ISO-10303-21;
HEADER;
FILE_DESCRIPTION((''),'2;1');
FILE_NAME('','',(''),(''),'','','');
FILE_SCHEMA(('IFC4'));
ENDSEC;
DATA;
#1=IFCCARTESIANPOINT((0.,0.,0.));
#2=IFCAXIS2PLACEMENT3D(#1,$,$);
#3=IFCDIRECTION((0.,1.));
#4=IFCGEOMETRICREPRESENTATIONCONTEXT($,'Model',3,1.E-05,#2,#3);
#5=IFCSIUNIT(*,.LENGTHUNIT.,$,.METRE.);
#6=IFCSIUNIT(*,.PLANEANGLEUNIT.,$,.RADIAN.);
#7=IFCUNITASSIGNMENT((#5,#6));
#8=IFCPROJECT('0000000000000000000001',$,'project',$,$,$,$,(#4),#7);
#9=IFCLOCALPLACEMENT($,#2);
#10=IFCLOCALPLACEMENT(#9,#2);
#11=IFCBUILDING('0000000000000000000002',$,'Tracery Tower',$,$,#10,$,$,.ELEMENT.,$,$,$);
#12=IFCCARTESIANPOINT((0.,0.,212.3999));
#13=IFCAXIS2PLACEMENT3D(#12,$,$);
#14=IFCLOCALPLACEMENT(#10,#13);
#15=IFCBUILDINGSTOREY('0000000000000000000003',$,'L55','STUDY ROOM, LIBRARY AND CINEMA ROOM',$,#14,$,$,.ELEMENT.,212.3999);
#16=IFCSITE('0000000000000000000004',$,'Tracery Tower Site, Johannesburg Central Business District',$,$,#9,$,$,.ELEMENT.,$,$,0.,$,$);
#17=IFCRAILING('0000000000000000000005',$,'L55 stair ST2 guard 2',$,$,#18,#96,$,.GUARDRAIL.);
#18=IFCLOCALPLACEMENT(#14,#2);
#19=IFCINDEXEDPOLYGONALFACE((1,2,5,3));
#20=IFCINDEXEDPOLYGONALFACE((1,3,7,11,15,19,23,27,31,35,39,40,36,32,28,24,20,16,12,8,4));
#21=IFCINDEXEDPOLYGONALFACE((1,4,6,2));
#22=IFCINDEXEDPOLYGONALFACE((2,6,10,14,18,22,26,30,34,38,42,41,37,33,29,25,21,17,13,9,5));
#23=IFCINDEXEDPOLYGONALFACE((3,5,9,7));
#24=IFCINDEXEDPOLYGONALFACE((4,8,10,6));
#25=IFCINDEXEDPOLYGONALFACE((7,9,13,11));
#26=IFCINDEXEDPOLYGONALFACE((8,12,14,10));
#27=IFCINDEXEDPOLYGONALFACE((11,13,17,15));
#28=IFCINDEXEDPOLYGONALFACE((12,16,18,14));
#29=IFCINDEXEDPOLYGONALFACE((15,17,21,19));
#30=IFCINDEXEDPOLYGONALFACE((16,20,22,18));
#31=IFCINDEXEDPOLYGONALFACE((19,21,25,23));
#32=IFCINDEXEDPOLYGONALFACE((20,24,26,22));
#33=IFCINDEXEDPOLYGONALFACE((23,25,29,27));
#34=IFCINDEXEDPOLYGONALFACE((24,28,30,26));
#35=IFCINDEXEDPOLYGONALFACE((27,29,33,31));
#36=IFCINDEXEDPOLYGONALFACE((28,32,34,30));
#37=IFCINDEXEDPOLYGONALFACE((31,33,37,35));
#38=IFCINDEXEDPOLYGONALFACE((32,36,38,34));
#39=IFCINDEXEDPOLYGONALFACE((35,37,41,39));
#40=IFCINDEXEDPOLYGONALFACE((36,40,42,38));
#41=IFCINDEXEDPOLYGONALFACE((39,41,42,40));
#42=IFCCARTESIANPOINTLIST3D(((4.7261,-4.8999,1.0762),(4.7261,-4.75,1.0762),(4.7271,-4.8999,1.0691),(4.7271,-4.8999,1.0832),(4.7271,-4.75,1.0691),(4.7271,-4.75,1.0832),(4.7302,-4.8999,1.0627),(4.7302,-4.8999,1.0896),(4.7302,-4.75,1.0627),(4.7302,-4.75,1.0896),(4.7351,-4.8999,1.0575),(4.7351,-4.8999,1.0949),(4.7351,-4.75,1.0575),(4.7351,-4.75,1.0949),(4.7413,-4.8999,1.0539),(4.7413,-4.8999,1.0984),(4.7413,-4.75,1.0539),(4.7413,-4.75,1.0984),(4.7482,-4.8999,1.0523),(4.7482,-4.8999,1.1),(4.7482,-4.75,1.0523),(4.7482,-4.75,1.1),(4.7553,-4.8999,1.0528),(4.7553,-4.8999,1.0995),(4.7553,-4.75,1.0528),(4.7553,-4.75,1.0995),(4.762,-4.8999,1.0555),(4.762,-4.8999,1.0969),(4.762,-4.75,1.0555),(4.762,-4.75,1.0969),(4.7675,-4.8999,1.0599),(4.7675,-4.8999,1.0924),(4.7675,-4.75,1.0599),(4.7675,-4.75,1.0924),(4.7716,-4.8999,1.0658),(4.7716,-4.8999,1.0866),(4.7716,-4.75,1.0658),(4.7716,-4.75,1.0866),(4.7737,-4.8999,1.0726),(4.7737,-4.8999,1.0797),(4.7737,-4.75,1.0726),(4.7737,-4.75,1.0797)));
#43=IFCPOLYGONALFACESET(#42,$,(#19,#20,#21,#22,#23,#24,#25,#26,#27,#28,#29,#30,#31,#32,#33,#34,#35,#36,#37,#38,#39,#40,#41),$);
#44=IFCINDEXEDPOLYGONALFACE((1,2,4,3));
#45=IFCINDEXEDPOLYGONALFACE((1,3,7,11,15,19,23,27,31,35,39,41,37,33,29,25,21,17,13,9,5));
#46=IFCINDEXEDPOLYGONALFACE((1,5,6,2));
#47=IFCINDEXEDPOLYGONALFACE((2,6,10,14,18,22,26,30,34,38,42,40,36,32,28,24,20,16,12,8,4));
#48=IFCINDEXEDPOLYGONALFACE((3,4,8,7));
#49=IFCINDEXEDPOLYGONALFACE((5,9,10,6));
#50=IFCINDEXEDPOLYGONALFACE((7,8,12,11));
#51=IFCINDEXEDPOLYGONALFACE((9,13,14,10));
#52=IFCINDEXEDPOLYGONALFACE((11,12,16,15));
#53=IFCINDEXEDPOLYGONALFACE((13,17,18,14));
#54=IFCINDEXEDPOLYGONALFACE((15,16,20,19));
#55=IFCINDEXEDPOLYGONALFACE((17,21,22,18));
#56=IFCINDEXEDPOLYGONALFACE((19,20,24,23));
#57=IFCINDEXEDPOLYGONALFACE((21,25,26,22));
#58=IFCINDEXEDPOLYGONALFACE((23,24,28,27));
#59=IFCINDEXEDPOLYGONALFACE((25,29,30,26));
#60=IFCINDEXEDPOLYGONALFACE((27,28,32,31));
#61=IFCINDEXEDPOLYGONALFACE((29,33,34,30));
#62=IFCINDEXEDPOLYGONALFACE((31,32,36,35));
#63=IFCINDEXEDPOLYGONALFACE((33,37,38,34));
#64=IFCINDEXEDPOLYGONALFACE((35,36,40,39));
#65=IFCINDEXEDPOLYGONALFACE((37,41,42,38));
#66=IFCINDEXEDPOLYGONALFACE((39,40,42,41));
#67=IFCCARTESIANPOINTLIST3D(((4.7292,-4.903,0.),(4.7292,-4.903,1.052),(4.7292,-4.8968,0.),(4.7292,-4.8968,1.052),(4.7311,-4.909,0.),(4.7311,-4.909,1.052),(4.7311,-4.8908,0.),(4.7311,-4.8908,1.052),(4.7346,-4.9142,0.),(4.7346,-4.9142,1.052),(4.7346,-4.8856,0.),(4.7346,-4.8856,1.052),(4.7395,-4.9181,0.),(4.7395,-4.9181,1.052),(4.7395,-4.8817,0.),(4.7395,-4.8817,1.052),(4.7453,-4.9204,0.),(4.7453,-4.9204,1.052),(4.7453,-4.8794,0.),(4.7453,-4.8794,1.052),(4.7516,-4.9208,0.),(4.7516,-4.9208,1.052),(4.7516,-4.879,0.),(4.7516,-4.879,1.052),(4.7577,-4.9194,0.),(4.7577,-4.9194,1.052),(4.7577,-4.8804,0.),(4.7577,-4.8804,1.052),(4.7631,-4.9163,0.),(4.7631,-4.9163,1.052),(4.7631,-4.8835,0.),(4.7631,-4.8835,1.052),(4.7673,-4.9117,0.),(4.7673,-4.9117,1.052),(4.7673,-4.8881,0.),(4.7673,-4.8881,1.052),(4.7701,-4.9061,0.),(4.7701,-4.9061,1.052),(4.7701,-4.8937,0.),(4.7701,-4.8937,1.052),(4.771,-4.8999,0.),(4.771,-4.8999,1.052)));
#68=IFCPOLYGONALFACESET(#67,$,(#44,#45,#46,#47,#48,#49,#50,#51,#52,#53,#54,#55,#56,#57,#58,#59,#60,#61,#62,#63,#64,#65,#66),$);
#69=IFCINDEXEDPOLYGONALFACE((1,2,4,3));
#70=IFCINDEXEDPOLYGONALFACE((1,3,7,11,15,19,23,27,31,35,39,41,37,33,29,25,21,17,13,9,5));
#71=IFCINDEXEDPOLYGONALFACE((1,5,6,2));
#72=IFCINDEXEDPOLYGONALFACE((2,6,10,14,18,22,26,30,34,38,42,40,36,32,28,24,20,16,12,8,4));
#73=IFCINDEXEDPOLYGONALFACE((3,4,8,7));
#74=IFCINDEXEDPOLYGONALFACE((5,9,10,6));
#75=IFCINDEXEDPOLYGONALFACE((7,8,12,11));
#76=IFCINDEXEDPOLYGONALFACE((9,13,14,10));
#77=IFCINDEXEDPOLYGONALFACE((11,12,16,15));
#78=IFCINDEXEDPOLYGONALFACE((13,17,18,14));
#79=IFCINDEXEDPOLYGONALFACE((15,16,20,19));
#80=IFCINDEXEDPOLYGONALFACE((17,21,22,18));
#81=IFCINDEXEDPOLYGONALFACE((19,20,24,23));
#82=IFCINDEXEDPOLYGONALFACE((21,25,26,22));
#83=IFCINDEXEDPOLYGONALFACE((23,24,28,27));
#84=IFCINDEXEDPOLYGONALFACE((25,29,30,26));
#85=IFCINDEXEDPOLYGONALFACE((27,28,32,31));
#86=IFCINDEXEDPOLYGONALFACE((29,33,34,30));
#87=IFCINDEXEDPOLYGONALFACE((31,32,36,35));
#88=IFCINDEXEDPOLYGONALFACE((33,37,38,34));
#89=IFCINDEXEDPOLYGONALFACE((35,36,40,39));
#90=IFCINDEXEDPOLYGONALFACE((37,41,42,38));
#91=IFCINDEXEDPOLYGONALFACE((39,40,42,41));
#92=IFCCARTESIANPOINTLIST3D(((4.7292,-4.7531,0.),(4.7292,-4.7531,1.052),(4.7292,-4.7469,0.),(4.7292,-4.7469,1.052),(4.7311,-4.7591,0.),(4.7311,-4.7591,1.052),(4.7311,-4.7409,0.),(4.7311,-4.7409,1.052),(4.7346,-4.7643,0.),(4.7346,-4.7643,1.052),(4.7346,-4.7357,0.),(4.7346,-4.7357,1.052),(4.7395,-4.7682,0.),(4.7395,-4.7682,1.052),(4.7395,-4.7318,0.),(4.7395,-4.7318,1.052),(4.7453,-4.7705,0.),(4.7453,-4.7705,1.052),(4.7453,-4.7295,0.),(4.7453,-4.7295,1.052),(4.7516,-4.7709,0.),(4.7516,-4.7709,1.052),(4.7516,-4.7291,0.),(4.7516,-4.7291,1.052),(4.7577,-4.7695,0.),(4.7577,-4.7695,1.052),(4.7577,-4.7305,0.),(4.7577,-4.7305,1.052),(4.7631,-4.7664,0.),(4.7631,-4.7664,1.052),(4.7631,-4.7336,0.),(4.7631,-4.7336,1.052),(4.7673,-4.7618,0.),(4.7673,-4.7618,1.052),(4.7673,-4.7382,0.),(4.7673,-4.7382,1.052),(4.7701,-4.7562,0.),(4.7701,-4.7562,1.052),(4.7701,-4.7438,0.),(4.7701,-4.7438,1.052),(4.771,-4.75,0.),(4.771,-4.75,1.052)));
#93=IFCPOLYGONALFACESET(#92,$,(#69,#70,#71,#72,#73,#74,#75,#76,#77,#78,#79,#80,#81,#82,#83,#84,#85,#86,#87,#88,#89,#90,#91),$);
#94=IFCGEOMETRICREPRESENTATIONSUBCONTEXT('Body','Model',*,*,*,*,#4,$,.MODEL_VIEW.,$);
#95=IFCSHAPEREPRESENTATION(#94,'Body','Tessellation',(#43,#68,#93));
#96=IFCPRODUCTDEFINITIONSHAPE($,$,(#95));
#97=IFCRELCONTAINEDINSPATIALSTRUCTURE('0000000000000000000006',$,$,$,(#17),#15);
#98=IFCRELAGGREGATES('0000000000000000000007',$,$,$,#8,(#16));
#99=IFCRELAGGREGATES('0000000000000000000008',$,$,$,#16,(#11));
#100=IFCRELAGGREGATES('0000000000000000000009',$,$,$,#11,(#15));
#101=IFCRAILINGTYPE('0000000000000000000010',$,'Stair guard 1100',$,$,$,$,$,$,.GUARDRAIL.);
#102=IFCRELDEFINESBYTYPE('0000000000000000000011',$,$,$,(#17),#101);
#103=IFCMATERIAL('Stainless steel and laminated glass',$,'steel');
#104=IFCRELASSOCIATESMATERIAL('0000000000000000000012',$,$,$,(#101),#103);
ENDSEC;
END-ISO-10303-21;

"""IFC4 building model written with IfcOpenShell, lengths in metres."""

from ifc_helpers import new_model, si_unit, direction, frame, origin, origin_2d, place, context, subcontext, project, spatial, circle, extrude, material, type_object, element, save


model = new_model("IFC4")

# Units and contexts
model_context = context("Model", 3, precision=1e-05, world=origin(), true_north=direction((0.0, 1.0)))
body_context = subcontext(model_context, "Body", "Model", "MODEL_VIEW")
ifc_project = project(units=[si_unit("LENGTHUNIT", "METRE"), si_unit("PLANEANGLEUNIT", "RADIAN")], contexts=[model_context])

# Site, building, storey
site_placement = place(None, origin())
site = spatial("IfcSite", under=ifc_project, at=site_placement, Name="Tracery Tower Site, Johannesburg Central Business District", CompositionType="ELEMENT", RefElevation=0.0)
building_placement = place(site_placement, origin())
building = spatial("IfcBuilding", under=site, at=building_placement, Name="Tracery Tower", CompositionType="ELEMENT")
storey_placement = place(building_placement, frame((0.0, 0.0, 212.3999)))
storey = spatial("IfcBuildingStorey", under=building, at=storey_placement, Name="L55", Description="STUDY ROOM, LIBRARY AND CINEMA ROOM", CompositionType="ELEMENT", Elevation=212.3999)

# Railing
ifc_material_1 = material(Name="Stainless steel and laminated glass", Category="steel")
railing_type_1 = type_object("IfcRailingType", Name="Stair guard 1100", PredefinedType="GUARDRAIL", material=ifc_material_1)
railing_1_placement = place(storey_placement, frame((4.75, -4.8999, 0.0)))
element("IfcRailing", 1, at=railing_1_placement, inside=storey, type_object=railing_type_1, Name="L55 stair ST2 guard 2", PredefinedType="GUARDRAIL", context=body_context, shape_type="SweptSolid", body=[
    extrude(circle(Radius=0.0239, at=origin_2d()), frame((0.0, 0.0, 1.0762), z_axis=(0.0, 1.0, 0.0), x_axis=(-1.0, 0.0, 0.0)), (0.0, 0.0, 1.0), 0.1499),
    extrude(circle(Radius=0.021, at=origin_2d()), origin(), (0.0, 0.0, 1.0), 1.052),
    extrude(circle(Radius=0.021, at=origin_2d()), frame((0.0, 0.1499, 0.0)), (0.0, 0.0, 1.0), 1.052),
])

save(model, "model.ifc")
